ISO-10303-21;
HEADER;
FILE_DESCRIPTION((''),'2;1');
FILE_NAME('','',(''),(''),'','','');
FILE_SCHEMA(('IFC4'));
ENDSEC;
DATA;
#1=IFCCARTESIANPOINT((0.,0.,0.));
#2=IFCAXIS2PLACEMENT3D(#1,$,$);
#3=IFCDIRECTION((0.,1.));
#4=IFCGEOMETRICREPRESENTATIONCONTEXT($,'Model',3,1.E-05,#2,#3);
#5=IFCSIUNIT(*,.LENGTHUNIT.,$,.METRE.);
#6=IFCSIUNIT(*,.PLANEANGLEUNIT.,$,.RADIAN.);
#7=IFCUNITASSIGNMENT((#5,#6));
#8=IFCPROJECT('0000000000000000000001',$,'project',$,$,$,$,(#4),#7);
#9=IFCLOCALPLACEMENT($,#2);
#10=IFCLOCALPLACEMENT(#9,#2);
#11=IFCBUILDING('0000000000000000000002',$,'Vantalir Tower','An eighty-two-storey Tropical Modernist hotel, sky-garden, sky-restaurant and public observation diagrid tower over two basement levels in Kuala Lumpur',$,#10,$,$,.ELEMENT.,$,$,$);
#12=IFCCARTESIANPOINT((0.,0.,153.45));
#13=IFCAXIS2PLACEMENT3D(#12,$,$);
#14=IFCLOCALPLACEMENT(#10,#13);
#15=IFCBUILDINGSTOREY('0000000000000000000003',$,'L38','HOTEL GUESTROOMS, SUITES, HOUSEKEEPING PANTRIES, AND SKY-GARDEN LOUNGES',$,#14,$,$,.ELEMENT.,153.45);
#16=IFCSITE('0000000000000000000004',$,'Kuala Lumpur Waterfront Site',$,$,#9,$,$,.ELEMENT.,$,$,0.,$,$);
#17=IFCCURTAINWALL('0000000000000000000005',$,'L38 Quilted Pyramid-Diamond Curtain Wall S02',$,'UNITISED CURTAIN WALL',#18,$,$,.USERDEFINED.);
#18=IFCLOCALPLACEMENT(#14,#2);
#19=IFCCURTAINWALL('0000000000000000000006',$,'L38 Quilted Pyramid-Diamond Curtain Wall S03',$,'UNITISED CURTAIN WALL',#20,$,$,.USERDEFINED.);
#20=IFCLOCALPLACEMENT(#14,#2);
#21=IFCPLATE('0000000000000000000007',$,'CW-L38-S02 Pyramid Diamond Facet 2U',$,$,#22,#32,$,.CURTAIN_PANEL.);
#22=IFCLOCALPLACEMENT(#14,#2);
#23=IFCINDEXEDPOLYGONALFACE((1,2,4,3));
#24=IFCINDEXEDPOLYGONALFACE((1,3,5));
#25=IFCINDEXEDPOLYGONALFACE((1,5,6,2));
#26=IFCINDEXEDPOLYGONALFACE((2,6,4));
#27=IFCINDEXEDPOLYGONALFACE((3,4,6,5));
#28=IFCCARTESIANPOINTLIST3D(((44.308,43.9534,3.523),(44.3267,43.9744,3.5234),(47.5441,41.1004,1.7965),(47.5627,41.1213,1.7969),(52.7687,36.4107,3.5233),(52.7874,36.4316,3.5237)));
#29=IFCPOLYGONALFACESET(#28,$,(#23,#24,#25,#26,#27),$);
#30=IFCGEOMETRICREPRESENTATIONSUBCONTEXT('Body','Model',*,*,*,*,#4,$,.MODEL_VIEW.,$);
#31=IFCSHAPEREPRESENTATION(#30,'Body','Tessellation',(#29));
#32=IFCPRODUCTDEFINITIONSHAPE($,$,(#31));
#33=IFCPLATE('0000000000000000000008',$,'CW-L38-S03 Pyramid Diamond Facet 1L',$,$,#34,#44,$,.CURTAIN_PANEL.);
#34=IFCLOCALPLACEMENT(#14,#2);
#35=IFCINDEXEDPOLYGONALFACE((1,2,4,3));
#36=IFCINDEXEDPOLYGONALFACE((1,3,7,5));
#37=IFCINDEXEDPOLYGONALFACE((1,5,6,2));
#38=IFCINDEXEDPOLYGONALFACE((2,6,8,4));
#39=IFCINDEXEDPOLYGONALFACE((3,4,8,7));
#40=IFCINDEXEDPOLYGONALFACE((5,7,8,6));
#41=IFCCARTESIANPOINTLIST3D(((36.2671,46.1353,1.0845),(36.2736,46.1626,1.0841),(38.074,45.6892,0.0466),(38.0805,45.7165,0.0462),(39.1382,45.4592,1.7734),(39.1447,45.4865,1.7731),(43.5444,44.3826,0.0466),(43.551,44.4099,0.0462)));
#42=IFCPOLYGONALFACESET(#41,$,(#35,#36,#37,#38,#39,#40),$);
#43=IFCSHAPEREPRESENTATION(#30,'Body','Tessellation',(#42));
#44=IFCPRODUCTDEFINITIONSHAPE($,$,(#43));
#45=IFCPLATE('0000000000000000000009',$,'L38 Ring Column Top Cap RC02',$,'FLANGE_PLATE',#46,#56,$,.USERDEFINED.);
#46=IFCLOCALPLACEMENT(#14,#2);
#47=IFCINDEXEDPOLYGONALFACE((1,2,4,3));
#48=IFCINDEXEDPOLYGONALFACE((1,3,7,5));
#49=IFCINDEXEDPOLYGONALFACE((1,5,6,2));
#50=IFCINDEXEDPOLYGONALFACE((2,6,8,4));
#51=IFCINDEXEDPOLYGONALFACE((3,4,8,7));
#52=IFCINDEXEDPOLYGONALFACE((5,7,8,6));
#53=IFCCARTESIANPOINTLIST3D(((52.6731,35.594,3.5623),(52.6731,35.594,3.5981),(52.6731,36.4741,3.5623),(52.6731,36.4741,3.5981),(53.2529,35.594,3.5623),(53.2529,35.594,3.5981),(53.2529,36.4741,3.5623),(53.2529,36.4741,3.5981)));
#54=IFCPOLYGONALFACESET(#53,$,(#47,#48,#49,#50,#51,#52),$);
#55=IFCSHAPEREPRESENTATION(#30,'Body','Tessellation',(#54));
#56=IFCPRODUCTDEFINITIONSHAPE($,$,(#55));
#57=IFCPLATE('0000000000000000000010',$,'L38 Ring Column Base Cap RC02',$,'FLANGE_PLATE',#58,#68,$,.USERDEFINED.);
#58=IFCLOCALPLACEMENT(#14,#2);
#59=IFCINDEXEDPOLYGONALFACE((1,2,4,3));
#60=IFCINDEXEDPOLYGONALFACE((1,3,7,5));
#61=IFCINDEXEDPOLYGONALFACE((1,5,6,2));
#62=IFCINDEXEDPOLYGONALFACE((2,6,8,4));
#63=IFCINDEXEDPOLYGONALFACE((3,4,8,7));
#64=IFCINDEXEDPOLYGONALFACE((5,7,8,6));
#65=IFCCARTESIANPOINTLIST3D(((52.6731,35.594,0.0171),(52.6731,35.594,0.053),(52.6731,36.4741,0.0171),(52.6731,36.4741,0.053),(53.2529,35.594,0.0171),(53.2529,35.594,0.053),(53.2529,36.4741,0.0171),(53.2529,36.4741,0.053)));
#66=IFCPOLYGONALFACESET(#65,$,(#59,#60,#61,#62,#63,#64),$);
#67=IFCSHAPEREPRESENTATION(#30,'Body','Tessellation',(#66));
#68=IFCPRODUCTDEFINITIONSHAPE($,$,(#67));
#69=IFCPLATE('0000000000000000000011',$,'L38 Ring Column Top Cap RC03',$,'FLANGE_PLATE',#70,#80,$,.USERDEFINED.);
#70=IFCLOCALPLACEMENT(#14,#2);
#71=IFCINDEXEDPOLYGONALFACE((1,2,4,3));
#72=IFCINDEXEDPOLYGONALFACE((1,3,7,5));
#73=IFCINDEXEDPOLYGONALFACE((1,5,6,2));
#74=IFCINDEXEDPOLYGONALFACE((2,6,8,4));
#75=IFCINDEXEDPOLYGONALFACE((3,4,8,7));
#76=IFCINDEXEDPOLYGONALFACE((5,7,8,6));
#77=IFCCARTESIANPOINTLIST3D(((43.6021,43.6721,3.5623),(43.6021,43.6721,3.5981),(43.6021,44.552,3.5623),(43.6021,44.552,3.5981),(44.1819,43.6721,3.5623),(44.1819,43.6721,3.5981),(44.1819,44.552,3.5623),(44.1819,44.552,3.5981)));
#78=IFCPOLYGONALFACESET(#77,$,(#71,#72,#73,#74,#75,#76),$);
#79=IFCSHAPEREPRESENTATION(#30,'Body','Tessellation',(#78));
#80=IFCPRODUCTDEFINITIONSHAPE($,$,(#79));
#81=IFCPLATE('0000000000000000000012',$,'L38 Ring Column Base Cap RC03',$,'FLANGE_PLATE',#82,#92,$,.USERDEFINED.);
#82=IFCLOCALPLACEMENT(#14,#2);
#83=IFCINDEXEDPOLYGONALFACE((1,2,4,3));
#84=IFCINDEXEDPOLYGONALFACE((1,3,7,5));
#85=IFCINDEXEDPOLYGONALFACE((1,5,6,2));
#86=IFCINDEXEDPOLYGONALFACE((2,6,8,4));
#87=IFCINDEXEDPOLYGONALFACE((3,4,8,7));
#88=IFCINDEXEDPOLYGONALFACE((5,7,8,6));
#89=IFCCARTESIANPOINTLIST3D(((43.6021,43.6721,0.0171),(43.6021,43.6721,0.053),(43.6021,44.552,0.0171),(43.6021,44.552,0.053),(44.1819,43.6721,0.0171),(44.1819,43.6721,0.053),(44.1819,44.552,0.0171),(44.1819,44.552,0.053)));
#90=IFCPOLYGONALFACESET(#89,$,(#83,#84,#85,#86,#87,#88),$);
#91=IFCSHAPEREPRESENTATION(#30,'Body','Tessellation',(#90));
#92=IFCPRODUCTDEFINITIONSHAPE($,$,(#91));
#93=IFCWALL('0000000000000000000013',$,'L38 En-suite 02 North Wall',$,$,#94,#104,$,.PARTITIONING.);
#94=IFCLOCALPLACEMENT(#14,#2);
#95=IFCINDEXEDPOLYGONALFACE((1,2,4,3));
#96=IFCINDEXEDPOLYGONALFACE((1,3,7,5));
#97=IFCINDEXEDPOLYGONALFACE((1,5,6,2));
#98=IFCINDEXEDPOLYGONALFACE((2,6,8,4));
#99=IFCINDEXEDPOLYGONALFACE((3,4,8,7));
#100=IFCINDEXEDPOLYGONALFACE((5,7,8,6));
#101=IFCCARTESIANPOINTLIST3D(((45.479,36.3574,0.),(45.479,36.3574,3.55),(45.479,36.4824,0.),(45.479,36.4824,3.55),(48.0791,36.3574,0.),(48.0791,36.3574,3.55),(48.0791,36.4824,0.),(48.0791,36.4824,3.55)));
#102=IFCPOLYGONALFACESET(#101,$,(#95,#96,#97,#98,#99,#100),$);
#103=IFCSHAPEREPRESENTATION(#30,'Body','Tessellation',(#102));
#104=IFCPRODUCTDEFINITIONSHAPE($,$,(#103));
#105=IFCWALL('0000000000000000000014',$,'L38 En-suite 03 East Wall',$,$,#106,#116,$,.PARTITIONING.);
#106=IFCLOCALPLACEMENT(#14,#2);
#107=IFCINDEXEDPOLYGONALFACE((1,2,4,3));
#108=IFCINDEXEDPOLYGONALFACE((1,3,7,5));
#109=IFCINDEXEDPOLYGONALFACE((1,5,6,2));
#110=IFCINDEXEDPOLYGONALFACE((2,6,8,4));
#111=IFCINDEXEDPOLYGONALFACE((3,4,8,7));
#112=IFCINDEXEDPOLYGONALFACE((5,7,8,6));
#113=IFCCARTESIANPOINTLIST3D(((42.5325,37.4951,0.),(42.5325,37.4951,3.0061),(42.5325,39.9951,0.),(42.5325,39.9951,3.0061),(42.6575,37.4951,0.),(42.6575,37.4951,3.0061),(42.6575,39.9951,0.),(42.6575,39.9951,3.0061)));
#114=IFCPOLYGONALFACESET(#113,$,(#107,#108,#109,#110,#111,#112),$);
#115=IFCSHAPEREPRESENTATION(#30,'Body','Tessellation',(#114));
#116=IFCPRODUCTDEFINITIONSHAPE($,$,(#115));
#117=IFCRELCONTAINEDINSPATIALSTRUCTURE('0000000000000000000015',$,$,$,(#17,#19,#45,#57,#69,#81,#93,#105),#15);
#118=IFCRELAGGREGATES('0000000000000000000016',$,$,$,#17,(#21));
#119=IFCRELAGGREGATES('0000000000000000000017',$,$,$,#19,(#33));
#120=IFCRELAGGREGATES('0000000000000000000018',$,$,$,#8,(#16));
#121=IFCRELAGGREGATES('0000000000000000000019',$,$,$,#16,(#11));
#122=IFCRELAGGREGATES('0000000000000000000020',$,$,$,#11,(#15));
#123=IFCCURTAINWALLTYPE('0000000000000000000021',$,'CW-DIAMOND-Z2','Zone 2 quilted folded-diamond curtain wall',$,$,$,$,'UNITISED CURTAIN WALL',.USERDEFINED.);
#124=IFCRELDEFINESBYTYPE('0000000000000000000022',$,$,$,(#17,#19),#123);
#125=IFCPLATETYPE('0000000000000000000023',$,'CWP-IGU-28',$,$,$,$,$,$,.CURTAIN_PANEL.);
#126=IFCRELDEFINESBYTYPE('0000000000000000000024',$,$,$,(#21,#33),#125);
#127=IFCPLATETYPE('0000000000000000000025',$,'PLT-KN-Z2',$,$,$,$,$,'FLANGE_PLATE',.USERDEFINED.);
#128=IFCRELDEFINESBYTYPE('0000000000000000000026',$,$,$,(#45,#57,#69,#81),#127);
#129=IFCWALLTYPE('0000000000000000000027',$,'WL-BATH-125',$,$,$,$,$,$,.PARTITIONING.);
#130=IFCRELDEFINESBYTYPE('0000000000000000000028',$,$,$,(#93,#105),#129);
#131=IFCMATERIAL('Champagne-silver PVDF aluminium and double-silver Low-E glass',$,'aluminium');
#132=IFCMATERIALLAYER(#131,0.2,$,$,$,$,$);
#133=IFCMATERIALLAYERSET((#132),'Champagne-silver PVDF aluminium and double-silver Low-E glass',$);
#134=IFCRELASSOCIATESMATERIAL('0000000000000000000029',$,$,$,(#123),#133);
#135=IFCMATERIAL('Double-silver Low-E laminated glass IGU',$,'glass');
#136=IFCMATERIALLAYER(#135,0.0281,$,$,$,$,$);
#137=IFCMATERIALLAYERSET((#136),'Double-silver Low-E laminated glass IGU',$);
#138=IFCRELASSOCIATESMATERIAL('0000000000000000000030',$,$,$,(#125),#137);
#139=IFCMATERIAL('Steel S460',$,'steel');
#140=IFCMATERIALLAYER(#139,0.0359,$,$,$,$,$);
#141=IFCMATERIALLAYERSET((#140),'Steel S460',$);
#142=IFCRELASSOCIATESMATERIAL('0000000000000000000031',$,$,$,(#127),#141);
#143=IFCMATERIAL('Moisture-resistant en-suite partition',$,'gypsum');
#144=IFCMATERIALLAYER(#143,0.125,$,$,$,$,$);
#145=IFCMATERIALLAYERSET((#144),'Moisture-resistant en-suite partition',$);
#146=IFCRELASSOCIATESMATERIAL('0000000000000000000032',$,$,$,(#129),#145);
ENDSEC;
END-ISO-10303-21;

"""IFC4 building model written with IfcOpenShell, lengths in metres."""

from ifc_helpers import new_model, si_unit, direction, frame, frame_2d, origin, place, context, subcontext, project, spatial, polyline, rectangle, outline, extrude, material, layer, layer_set, type_object, element, aggregate, save


model = new_model("IFC4")

# Units and contexts
model_context = context("Model", 3, precision=1e-05, world=origin(), true_north=direction((0.0, 1.0)))
body_context = subcontext(model_context, "Body", "Model", "MODEL_VIEW")
ifc_project = project(units=[si_unit("LENGTHUNIT", "METRE"), si_unit("PLANEANGLEUNIT", "RADIAN")], contexts=[model_context])

# Site, building, storey
site_placement = place(None, origin())
site = spatial("IfcSite", under=ifc_project, at=site_placement, Name="Kuala Lumpur Waterfront Site", CompositionType="ELEMENT", RefElevation=0.0)
building_placement = place(site_placement, origin())
building = spatial("IfcBuilding", under=site, at=building_placement, Name="Vantalir Tower", Description="An eighty-two-storey Tropical Modernist hotel, sky-garden, sky-restaurant and public observation diagrid tower over two basement levels in Kuala Lumpur", CompositionType="ELEMENT")
storey_placement = place(building_placement, frame((0.0, 0.0, 153.45)))
storey = spatial("IfcBuildingStorey", under=building, at=storey_placement, Name="L38", Description="HOTEL GUESTROOMS, SUITES, HOUSEKEEPING PANTRIES, AND SKY-GARDEN LOUNGES", CompositionType="ELEMENT", Elevation=153.45)

# Shared definitions
ifc_material_1 = material(Name="Steel S460", Category="steel")

# Shared definitions
ifc_material_2 = material(Name="Champagne-silver PVDF aluminium and double-silver Low-E glass", Category="aluminium")
ifc_layer_1 = layer(ifc_material_2, 0.2)
ifc_layer_set_1 = layer_set([ifc_layer_1], Name="Champagne-silver PVDF aluminium and double-silver Low-E glass")
curtain_wall_type = type_object("IfcCurtainWallType", Name="CW-DIAMOND-Z2", Description="Zone 2 quilted folded-diamond curtain wall", ElementType="UNITISED CURTAIN WALL", PredefinedType="USERDEFINED", material=ifc_layer_set_1)

# Curtain wall
curtain_wall_1_placement = place(storey_placement, origin())
curtain_wall_1 = element("IfcCurtainWall", 1, at=curtain_wall_1_placement, inside=storey, type_object=curtain_wall_type, Name="L38 Quilted Pyramid-Diamond Curtain Wall S02", ObjectType="UNITISED CURTAIN WALL", PredefinedType="USERDEFINED")

# Curtain wall
curtain_wall_2_placement = place(storey_placement, origin())
curtain_wall_2 = element("IfcCurtainWall", 2, at=curtain_wall_2_placement, inside=storey, type_object=curtain_wall_type, Name="L38 Quilted Pyramid-Diamond Curtain Wall S03", ObjectType="UNITISED CURTAIN WALL", PredefinedType="USERDEFINED")

# Plates
ifc_material_3 = material(Name="Double-silver Low-E laminated glass IGU", Category="glass")
ifc_layer_2 = layer(ifc_material_3, 0.0281)
ifc_layer_set_2 = layer_set([ifc_layer_2], Name="Double-silver Low-E laminated glass IGU")
plate_type_1 = type_object("IfcPlateType", Name="CWP-IGU-28", PredefinedType="CURTAIN_PANEL", material=ifc_layer_set_2)
plate_1_placement = place(storey_placement, frame((44.3267, 43.9744, 3.5234), z_axis=(0.665389, 0.746369, 0.01381), x_axis=(0.74644, -0.665453, 0.000022)))
plate_1 = element("IfcPlate", 3, at=plate_1_placement, type_object=plate_type_1, Name="CW-L38-S02 Pyramid Diamond Facet 2U", PredefinedType="CURTAIN_PANEL", context=body_context, shape_type="SweptSolid", body=[
    extrude(outline(polyline([(0.0, 0.0), (11.3347, 0.0), (4.3141, 1.7268), (0.0, 0.0)])), origin(), (0.0, 0.0, -1.0), 0.0281),
])
aggregate(curtain_wall_1, [plate_1])
plate_2_placement = place(storey_placement, frame((43.5444, 44.3826, 0.0466), z_axis=(-0.232287, -0.972552, 0.013629), x_axis=(-0.972642, 0.232309, 0.0)))
plate_2 = element("IfcPlate", 4, at=plate_2_placement, type_object=plate_type_1, Name="CW-L38-S03 Pyramid Diamond Facet 1L", PredefinedType="CURTAIN_PANEL", context=body_context, shape_type="SweptSolid", body=[
    extrude(outline(polyline([(0.0, 0.0), (5.6243, 0.0), (7.4854, -1.0379), (4.5358, -1.727), (0.0, 0.0)])), origin(), (0.0, 0.0, -1.0), 0.0281),
])
aggregate(curtain_wall_2, [plate_2])

# Plates
ifc_layer_3 = layer(ifc_material_1, 0.0359)
ifc_layer_set_3 = layer_set([ifc_layer_3], Name="Steel S460")
plate_type_2 = type_object("IfcPlateType", Name="PLT-KN-Z2", ElementType="FLANGE_PLATE", PredefinedType="USERDEFINED", material=ifc_layer_set_3)
for number, where, z_axis, x_axis, name in (
    (5, (52.6731, 36.4741, 3.5981), (0.0, 0.0, 1.0), (0.0, -1.0, 0.0), "L38 Ring Column Top Cap RC02"),
    (6, (52.6731, 36.4741, 0.053), (0.0, 0.0, 1.0), (0.0, -1.0, 0.0), "L38 Ring Column Base Cap RC02"),
):
    element("IfcPlate", number, at=place(storey_placement, frame(where, z_axis=z_axis, x_axis=x_axis)), inside=storey, type_object=plate_type_2, Name=name, ObjectType="FLANGE_PLATE", PredefinedType="USERDEFINED", context=body_context, shape_type="SweptSolid", body=[
        extrude(outline(polyline([(0.0, 0.0), (0.8801, 0.0), (0.8801, 0.5798), (0.0, 0.5798), (0.0, 0.0)])), origin(), (0.0, 0.0, -1.0), 0.0359),
    ])
for number, where, z_axis, x_axis, name in (
    (7, (43.6021, 44.552, 3.5981), (0.0, 0.0, 1.0), (0.0, -1.0, 0.0), "L38 Ring Column Top Cap RC03"),
    (8, (43.6021, 44.552, 0.053), (0.0, 0.0, 1.0), (0.0, -1.0, 0.0), "L38 Ring Column Base Cap RC03"),
):
    element("IfcPlate", number, at=place(storey_placement, frame(where, z_axis=z_axis, x_axis=x_axis)), inside=storey, type_object=plate_type_2, Name=name, ObjectType="FLANGE_PLATE", PredefinedType="USERDEFINED", context=body_context, shape_type="SweptSolid", body=[
        extrude(outline(polyline([(0.0, 0.0), (0.8799, 0.0), (0.8799, 0.5798), (0.0, 0.5798), (0.0, 0.0)])), origin(), (0.0, 0.0, -1.0), 0.0359),
    ])

# Walls
ifc_material_4 = material(Name="Moisture-resistant en-suite partition", Category="gypsum")
ifc_layer_4 = layer(ifc_material_4, 0.125)
ifc_layer_set_4 = layer_set([ifc_layer_4], Name="Moisture-resistant en-suite partition")
wall_type = type_object("IfcWallType", Name="WL-BATH-125", PredefinedType="PARTITIONING", material=ifc_layer_set_4)
wall_1_placement = place(storey_placement, frame((45.479, 36.4199, 0.0), z_axis=(0.0, 0.0, 1.0), x_axis=(1.0, 0.0, 0.0)))
element("IfcWall", 9, at=wall_1_placement, inside=storey, type_object=wall_type, Name="L38 En-suite 02 North Wall", PredefinedType="PARTITIONING", context=body_context, shape_type="SweptSolid", body=[
    extrude(rectangle(XDim=2.6001, YDim=0.125, at=frame_2d((1.3, 0.0))), origin(), (0.0, 0.0, 1.0), 3.55),
])
wall_2_placement = place(storey_placement, frame((42.595, 37.4951, 0.0), z_axis=(0.0, 0.0, 1.0), x_axis=(0.0, 1.0, 0.0)))
element("IfcWall", 10, at=wall_2_placement, inside=storey, type_object=wall_type, Name="L38 En-suite 03 East Wall", PredefinedType="PARTITIONING", context=body_context, shape_type="SweptSolid", body=[
    extrude(rectangle(XDim=2.5, YDim=0.125, at=frame_2d((1.25, 0.0))), origin(), (0.0, 0.0, 1.0), 3.0061),
])

save(model, "model.ifc")
